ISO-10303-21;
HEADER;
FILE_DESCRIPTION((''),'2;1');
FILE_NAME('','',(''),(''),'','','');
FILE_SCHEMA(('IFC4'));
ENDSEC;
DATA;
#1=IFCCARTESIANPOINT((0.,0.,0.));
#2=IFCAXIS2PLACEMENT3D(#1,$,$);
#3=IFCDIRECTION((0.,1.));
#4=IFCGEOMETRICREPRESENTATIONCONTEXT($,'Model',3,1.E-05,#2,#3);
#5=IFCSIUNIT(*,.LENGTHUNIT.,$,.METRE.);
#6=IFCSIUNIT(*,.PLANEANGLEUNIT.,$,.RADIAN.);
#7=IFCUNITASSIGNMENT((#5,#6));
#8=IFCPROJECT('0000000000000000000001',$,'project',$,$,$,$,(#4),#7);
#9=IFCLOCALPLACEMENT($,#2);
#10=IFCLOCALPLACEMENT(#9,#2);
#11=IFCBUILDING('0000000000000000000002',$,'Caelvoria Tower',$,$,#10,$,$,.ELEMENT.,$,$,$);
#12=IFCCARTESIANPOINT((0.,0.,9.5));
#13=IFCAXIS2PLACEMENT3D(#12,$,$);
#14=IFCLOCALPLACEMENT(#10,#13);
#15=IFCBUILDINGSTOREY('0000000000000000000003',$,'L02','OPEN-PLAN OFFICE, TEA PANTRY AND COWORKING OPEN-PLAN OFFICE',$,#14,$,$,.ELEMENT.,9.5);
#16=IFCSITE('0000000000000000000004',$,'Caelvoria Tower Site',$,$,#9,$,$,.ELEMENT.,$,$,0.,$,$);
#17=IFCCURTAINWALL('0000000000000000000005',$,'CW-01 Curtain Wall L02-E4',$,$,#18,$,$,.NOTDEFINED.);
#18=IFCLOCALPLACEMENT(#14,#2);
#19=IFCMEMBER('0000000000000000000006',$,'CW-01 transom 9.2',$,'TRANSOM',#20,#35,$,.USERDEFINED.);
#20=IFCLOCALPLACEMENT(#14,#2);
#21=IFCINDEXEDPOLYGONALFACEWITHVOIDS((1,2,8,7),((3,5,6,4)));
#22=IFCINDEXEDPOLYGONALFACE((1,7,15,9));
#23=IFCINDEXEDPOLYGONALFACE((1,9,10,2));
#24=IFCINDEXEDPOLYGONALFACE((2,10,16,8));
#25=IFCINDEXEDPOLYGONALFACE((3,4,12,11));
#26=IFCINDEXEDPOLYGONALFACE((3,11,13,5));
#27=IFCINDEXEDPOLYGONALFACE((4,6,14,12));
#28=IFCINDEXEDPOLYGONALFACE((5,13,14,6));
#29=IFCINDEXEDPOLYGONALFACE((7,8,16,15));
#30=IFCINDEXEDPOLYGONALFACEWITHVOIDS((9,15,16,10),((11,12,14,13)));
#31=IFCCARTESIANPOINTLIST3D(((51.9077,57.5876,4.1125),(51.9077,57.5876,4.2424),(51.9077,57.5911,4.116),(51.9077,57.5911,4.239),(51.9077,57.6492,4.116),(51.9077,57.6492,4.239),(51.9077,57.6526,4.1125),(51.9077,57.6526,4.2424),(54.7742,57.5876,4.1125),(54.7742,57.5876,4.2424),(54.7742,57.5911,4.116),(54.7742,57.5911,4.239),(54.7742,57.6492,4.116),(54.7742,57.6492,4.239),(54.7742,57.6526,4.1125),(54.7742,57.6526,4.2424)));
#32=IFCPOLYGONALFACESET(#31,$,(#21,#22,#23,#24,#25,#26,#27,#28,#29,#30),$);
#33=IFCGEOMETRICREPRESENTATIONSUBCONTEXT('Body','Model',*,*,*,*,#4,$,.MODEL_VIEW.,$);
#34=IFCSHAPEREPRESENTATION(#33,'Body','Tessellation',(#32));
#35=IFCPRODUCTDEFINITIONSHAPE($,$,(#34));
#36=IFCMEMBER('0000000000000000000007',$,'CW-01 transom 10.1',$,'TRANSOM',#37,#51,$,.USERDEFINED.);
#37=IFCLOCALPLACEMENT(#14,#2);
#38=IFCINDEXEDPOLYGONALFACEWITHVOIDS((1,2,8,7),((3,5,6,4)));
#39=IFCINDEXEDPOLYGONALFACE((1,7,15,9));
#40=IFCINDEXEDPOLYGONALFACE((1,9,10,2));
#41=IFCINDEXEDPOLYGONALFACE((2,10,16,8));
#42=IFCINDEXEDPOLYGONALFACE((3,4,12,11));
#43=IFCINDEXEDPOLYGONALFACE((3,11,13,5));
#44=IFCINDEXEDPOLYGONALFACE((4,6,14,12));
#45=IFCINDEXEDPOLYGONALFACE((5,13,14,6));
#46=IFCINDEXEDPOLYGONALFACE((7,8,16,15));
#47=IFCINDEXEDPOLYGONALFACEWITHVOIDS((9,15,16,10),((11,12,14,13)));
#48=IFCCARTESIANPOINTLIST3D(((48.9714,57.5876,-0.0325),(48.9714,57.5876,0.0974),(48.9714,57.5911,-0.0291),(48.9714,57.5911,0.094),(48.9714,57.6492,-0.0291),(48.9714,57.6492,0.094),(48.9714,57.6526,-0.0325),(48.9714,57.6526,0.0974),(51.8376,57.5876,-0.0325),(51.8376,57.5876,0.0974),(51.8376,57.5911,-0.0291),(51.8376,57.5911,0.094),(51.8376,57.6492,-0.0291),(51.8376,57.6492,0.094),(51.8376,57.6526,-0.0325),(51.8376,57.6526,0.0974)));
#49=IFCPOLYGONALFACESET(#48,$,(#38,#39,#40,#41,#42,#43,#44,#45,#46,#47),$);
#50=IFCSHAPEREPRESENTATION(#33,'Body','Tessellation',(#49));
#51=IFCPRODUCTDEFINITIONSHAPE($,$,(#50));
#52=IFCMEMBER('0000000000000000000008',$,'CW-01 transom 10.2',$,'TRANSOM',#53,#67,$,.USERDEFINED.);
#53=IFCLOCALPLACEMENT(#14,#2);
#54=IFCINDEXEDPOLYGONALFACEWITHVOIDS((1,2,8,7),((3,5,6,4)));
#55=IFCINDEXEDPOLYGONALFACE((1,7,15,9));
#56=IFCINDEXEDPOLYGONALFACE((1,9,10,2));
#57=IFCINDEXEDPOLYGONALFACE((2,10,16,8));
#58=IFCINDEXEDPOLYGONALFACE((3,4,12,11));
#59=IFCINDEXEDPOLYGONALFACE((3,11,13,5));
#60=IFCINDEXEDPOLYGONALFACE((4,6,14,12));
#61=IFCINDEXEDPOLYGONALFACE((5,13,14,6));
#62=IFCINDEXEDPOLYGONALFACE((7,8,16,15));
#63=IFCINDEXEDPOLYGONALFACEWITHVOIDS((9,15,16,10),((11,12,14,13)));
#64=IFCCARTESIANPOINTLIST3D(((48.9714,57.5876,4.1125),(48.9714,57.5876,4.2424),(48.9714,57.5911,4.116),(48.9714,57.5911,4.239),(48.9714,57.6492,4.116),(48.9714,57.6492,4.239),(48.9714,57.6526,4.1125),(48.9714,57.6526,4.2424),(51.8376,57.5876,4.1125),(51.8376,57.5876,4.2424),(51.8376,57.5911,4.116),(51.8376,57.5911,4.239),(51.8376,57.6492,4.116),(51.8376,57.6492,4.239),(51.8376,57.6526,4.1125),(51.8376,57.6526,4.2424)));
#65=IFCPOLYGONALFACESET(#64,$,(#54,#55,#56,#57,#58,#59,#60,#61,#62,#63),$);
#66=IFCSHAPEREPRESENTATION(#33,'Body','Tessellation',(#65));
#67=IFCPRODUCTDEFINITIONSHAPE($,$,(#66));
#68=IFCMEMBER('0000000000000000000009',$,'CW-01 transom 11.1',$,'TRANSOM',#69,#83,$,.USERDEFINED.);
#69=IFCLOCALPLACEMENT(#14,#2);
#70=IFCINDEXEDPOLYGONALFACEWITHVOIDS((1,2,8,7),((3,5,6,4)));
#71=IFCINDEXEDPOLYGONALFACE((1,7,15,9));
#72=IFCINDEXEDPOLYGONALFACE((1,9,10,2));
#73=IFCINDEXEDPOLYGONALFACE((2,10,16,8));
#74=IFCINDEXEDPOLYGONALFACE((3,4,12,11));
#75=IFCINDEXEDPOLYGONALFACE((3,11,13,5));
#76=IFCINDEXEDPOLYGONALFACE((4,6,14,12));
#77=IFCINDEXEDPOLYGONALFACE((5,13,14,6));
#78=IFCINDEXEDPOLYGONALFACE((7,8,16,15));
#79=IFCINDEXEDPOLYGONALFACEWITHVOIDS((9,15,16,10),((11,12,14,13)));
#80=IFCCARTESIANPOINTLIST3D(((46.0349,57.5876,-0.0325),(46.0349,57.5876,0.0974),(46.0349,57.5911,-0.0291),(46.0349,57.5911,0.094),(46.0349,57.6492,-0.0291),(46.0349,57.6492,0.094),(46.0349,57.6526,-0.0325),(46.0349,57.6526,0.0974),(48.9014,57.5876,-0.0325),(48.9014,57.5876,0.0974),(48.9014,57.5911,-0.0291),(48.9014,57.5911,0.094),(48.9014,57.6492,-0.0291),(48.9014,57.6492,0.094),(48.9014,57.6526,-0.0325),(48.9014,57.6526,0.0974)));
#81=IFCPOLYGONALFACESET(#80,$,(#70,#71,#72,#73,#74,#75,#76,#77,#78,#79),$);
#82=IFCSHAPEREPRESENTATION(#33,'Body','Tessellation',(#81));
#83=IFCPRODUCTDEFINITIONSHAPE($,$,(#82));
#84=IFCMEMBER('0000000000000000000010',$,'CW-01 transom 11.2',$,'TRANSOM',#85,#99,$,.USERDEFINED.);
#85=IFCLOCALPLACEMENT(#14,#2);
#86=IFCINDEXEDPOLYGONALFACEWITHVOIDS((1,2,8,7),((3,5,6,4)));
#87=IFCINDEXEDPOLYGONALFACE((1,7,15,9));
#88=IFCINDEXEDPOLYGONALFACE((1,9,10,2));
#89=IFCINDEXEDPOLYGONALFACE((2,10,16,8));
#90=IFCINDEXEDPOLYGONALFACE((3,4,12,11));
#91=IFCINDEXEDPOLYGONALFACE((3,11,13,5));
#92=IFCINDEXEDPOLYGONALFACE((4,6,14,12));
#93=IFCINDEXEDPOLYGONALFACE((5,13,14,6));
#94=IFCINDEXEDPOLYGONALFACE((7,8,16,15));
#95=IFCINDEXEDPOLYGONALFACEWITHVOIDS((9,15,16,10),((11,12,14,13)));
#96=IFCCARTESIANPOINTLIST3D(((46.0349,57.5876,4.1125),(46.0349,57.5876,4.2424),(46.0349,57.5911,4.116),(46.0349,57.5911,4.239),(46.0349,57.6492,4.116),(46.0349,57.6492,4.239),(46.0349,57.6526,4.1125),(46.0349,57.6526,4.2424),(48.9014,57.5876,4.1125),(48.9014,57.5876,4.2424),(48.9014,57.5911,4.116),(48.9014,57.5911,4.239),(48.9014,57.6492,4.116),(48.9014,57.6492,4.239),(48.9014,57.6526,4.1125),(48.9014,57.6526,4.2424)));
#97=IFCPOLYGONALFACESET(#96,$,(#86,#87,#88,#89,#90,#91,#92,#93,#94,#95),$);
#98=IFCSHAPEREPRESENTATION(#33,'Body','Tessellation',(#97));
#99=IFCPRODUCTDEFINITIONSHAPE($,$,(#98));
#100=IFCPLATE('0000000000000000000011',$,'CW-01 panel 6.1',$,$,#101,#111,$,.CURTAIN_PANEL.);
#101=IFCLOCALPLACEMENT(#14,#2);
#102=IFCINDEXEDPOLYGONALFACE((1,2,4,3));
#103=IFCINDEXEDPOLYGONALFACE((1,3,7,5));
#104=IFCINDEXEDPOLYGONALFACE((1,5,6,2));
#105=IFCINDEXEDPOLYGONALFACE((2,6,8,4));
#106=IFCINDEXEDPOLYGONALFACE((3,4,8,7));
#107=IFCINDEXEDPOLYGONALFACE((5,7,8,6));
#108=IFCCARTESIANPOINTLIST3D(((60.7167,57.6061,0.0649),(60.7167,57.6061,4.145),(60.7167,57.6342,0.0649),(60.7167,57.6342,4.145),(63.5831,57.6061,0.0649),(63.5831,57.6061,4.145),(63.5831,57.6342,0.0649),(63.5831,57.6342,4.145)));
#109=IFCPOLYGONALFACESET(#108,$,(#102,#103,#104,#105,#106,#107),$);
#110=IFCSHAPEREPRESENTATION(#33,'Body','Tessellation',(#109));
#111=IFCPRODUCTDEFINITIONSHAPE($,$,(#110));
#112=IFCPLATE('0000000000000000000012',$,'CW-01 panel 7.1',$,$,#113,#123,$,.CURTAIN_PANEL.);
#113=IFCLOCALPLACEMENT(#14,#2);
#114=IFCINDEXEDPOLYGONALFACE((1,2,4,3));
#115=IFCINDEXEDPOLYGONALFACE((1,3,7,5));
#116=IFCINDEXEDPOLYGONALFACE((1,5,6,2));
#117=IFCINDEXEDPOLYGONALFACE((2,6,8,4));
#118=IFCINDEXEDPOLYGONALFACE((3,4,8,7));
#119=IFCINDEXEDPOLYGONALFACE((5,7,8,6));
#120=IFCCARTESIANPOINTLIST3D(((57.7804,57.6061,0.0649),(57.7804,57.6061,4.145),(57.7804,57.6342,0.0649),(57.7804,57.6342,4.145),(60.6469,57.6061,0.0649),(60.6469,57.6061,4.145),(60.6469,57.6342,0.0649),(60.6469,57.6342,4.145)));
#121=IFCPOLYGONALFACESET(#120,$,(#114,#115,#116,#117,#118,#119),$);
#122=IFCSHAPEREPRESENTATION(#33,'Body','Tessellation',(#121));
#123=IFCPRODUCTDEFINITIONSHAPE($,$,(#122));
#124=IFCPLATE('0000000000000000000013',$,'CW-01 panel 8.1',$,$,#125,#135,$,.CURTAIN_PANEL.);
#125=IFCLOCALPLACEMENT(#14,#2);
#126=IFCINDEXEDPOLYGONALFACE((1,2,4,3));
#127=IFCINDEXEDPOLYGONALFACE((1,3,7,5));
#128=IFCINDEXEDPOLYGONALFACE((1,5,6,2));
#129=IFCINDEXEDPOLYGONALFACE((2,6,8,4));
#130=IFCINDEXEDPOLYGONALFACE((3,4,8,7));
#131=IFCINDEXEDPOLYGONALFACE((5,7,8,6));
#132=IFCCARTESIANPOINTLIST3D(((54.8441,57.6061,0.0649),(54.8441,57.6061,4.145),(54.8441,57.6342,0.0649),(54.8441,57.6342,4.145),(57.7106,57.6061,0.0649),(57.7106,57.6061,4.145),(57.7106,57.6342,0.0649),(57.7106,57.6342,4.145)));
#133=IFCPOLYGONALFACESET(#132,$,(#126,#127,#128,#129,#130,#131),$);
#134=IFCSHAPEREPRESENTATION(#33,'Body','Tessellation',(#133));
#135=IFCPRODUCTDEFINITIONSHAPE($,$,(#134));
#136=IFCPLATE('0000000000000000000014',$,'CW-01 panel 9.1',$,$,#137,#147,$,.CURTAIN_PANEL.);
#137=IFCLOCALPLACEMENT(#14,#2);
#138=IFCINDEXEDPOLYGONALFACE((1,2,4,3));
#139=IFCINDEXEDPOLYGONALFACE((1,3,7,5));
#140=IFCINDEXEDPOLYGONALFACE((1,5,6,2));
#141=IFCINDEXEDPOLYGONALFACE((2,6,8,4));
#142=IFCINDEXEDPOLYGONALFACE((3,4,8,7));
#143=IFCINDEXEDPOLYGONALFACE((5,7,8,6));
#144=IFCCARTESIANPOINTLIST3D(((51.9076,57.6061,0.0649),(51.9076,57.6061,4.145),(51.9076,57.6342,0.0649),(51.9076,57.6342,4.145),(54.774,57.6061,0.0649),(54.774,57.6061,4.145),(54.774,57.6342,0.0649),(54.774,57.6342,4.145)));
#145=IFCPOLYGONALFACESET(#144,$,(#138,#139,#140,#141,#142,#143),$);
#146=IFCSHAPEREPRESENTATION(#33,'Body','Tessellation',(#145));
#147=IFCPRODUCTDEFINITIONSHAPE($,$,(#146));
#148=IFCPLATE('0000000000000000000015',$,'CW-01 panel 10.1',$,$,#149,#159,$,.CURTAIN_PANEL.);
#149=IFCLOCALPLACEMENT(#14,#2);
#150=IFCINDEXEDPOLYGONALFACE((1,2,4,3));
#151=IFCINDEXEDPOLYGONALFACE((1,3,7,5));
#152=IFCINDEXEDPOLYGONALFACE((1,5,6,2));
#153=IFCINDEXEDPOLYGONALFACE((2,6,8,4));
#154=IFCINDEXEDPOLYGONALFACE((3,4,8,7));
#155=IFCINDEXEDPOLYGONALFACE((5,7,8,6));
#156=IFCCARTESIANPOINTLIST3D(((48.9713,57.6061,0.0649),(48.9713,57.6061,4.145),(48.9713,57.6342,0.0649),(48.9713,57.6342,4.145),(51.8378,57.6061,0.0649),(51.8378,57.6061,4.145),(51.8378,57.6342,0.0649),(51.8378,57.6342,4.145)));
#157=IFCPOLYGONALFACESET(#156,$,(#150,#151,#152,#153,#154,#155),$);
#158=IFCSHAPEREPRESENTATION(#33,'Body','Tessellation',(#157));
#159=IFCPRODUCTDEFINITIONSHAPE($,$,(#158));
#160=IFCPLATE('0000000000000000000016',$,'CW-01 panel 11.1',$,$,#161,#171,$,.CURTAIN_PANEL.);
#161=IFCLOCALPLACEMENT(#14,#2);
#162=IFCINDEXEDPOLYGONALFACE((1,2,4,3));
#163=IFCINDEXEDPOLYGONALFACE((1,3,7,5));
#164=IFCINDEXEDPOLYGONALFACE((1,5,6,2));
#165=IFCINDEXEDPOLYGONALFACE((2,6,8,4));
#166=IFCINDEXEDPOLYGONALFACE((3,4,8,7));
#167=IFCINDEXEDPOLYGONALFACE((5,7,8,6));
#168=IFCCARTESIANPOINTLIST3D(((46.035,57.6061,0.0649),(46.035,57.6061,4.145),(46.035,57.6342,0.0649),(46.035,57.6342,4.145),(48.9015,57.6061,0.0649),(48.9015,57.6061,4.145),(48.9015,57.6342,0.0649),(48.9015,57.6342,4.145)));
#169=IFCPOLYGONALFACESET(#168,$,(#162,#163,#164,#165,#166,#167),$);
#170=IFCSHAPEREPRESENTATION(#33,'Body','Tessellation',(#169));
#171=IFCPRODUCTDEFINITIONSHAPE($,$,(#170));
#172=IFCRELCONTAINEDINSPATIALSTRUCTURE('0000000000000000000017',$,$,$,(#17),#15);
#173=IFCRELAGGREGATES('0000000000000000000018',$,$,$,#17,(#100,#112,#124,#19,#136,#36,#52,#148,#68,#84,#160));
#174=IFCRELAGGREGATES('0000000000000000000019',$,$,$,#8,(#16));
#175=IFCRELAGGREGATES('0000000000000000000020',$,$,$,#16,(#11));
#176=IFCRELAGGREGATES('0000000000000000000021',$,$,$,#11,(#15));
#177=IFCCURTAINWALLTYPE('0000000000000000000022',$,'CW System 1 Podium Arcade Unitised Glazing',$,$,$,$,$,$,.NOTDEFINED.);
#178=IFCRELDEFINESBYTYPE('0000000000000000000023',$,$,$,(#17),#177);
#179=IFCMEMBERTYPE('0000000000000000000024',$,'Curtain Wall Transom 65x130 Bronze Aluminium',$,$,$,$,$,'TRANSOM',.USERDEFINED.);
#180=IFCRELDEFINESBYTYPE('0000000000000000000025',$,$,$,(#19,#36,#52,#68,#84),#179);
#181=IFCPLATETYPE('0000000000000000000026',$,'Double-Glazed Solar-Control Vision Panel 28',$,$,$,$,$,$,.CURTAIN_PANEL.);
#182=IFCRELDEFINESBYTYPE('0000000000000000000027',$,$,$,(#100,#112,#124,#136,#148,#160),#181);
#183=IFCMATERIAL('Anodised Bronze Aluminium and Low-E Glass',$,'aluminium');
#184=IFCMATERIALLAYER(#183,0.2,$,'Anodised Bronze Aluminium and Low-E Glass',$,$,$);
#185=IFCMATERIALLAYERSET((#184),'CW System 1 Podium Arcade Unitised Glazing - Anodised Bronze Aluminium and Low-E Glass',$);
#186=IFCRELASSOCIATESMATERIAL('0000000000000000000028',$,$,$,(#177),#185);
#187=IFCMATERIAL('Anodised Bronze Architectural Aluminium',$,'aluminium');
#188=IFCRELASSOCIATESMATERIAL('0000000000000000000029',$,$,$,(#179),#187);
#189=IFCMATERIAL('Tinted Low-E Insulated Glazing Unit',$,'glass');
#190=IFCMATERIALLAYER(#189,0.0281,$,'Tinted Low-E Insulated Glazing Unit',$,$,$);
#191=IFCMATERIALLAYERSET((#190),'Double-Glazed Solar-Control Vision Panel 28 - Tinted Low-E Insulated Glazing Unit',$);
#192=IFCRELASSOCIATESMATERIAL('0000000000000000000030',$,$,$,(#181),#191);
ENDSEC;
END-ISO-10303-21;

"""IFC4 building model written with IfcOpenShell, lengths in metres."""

from ifc_helpers import new_model, si_unit, direction, frame, origin, origin_2d, place, context, subcontext, project, spatial, rectangle, hollow_rectangle, extrude, material, layer, layer_set, material_profile, profile_set, type_object, element, aggregate, save


model = new_model("IFC4")

# Units and contexts
model_context = context("Model", 3, precision=1e-05, world=origin(), true_north=direction((0.0, 1.0)))
body_context = subcontext(model_context, "Body", "Model", "MODEL_VIEW")
ifc_project = project(units=[si_unit("LENGTHUNIT", "METRE"), si_unit("PLANEANGLEUNIT", "RADIAN")], contexts=[model_context])

# Site, building, storey
site_placement = place(None, origin())
site = spatial("IfcSite", under=ifc_project, at=site_placement, Name="Caelvoria Tower Site", CompositionType="ELEMENT", RefElevation=0.0)
building_placement = place(site_placement, origin())
building = spatial("IfcBuilding", under=site, at=building_placement, Name="Caelvoria Tower", CompositionType="ELEMENT")
storey_placement = place(building_placement, frame((0.0, 0.0, 9.5)))
storey = spatial("IfcBuildingStorey", under=building, at=storey_placement, Name="L02", Description="OPEN-PLAN OFFICE, TEA PANTRY AND COWORKING OPEN-PLAN OFFICE", CompositionType="ELEMENT", Elevation=9.5)

# Curtain wall, members, plates
ifc_material_1 = material(Name="Anodised Bronze Aluminium and Low-E Glass", Category="aluminium")
ifc_layer_1 = layer(ifc_material_1, 0.2, Name="Anodised Bronze Aluminium and Low-E Glass")
ifc_layer_set_1 = layer_set([ifc_layer_1], Name="CW System 1 Podium Arcade Unitised Glazing - Anodised Bronze Aluminium and Low-E Glass")
curtain_wall_type = type_object("IfcCurtainWallType", Name="CW System 1 Podium Arcade Unitised Glazing", PredefinedType="NOTDEFINED", material=ifc_layer_set_1)
curtain_wall_placement = place(storey_placement, origin())
curtain_wall = element("IfcCurtainWall", 1, at=curtain_wall_placement, inside=storey, type_object=curtain_wall_type, Name="CW-01 Curtain Wall L02-E4", PredefinedType="NOTDEFINED")
ifc_material_2 = material(Name="Anodised Bronze Architectural Aluminium", Category="aluminium")
ifc_material_profile_1 = material_profile(ifc_material_2, hollow_rectangle(XDim=0.0649, YDim=0.1299, WallThickness=0.0034, at=origin_2d()), Name="Anodised Bronze Architectural Aluminium")
ifc_profile_set_1 = profile_set([ifc_material_profile_1], Name="CW_TRAN_65X130 - Anodised Bronze Architectural Aluminium")
member_type_1 = type_object("IfcMemberType", Name="Curtain Wall Transom 65x130 Bronze Aluminium", ElementType="TRANSOM", PredefinedType="USERDEFINED", material=ifc_profile_set_1)
member_1_placement = place(storey_placement, frame((54.7742, 57.6201, 4.1775), z_axis=(-1.0, 0.0, 0.0), x_axis=(0.0, -1.0, 0.0)))
member_1 = element("IfcMember", 2, at=member_1_placement, type_object=member_type_1, Name="CW-01 transom 9.2", ObjectType="TRANSOM", PredefinedType="USERDEFINED", context=body_context, shape_type="SweptSolid", body=[
    extrude(hollow_rectangle(XDim=0.0649, YDim=0.1299, WallThickness=0.0034, at=origin_2d()), origin(), (0.0, 0.0, 1.0), 2.8665),
])
member_2_placement = place(storey_placement, frame((51.8376, 57.6201, 0.0325), z_axis=(-1.0, 0.0, 0.0), x_axis=(0.0, -1.0, 0.0)))
member_2 = element("IfcMember", 3, at=member_2_placement, type_object=member_type_1, Name="CW-01 transom 10.1", ObjectType="TRANSOM", PredefinedType="USERDEFINED", context=body_context, shape_type="SweptSolid", body=[
    extrude(hollow_rectangle(XDim=0.0649, YDim=0.1299, WallThickness=0.0034, at=origin_2d()), origin(), (0.0, 0.0, 1.0), 2.8662),
])
member_3_placement = place(storey_placement, frame((51.8376, 57.6201, 4.1775), z_axis=(-1.0, 0.0, 0.0), x_axis=(0.0, -1.0, 0.0)))
member_3 = element("IfcMember", 4, at=member_3_placement, type_object=member_type_1, Name="CW-01 transom 10.2", ObjectType="TRANSOM", PredefinedType="USERDEFINED", context=body_context, shape_type="SweptSolid", body=[
    extrude(hollow_rectangle(XDim=0.0649, YDim=0.1299, WallThickness=0.0034, at=origin_2d()), origin(), (0.0, 0.0, 1.0), 2.8662),
])
member_4_placement = place(storey_placement, frame((48.9014, 57.6201, 0.0325), z_axis=(-1.0, 0.0, 0.0), x_axis=(0.0, -1.0, 0.0)))
member_4 = element("IfcMember", 5, at=member_4_placement, type_object=member_type_1, Name="CW-01 transom 11.1", ObjectType="TRANSOM", PredefinedType="USERDEFINED", context=body_context, shape_type="SweptSolid", body=[
    extrude(hollow_rectangle(XDim=0.0649, YDim=0.1299, WallThickness=0.0034, at=origin_2d()), origin(), (0.0, 0.0, 1.0), 2.8665),
])
member_5_placement = place(storey_placement, frame((48.9014, 57.6201, 4.1775), z_axis=(-1.0, 0.0, 0.0), x_axis=(0.0, -1.0, 0.0)))
member_5 = element("IfcMember", 6, at=member_5_placement, type_object=member_type_1, Name="CW-01 transom 11.2", ObjectType="TRANSOM", PredefinedType="USERDEFINED", context=body_context, shape_type="SweptSolid", body=[
    extrude(hollow_rectangle(XDim=0.0649, YDim=0.1299, WallThickness=0.0034, at=origin_2d()), origin(), (0.0, 0.0, 1.0), 2.8665),
])
ifc_material_3 = material(Name="Tinted Low-E Insulated Glazing Unit", Category="glass")
ifc_layer_2 = layer(ifc_material_3, 0.0281, Name="Tinted Low-E Insulated Glazing Unit")
ifc_layer_set_2 = layer_set([ifc_layer_2], Name="Double-Glazed Solar-Control Vision Panel 28 - Tinted Low-E Insulated Glazing Unit")
plate_type = type_object("IfcPlateType", Name="Double-Glazed Solar-Control Vision Panel 28", PredefinedType="CURTAIN_PANEL", material=ifc_layer_set_2)
plate_1_placement = place(storey_placement, frame((62.1499, 57.6201, 0.0649), z_axis=(0.0, 0.0, 1.0), x_axis=(-1.0, 0.0, 0.0)))
plate_1 = element("IfcPlate", 7, at=plate_1_placement, type_object=plate_type, Name="CW-01 panel 6.1", PredefinedType="CURTAIN_PANEL", context=body_context, shape_type="SweptSolid", body=[
    extrude(rectangle(XDim=2.8665, YDim=0.0281, at=origin_2d()), origin(), (0.0, 0.0, 1.0), 4.0801),
])
plate_2_placement = place(storey_placement, frame((59.2136, 57.6201, 0.0649), z_axis=(0.0, 0.0, 1.0), x_axis=(-1.0, 0.0, 0.0)))
plate_2 = element("IfcPlate", 8, at=plate_2_placement, type_object=plate_type, Name="CW-01 panel 7.1", PredefinedType="CURTAIN_PANEL", context=body_context, shape_type="SweptSolid", body=[
    extrude(rectangle(XDim=2.8665, YDim=0.0281, at=origin_2d()), origin(), (0.0, 0.0, 1.0), 4.0801),
])
plate_3_placement = place(storey_placement, frame((56.2773, 57.6201, 0.0649), z_axis=(0.0, 0.0, 1.0), x_axis=(-1.0, 0.0, 0.0)))
plate_3 = element("IfcPlate", 9, at=plate_3_placement, type_object=plate_type, Name="CW-01 panel 8.1", PredefinedType="CURTAIN_PANEL", context=body_context, shape_type="SweptSolid", body=[
    extrude(rectangle(XDim=2.8665, YDim=0.0281, at=origin_2d()), origin(), (0.0, 0.0, 1.0), 4.0801),
])
plate_4_placement = place(storey_placement, frame((53.3408, 57.6201, 0.0649), z_axis=(0.0, 0.0, 1.0), x_axis=(-1.0, 0.0, 0.0)))
plate_4 = element("IfcPlate", 10, at=plate_4_placement, type_object=plate_type, Name="CW-01 panel 9.1", PredefinedType="CURTAIN_PANEL", context=body_context, shape_type="SweptSolid", body=[
    extrude(rectangle(XDim=2.8665, YDim=0.0281, at=origin_2d()), origin(), (0.0, 0.0, 1.0), 4.0801),
])
plate_5_placement = place(storey_placement, frame((50.4045, 57.6201, 0.0649), z_axis=(0.0, 0.0, 1.0), x_axis=(-1.0, 0.0, 0.0)))
plate_5 = element("IfcPlate", 11, at=plate_5_placement, type_object=plate_type, Name="CW-01 panel 10.1", PredefinedType="CURTAIN_PANEL", context=body_context, shape_type="SweptSolid", body=[
    extrude(rectangle(XDim=2.8665, YDim=0.0281, at=origin_2d()), origin(), (0.0, 0.0, 1.0), 4.0801),
])
plate_6_placement = place(storey_placement, frame((47.4683, 57.6201, 0.0649), z_axis=(0.0, 0.0, 1.0), x_axis=(-1.0, 0.0, 0.0)))
plate_6 = element("IfcPlate", 12, at=plate_6_placement, type_object=plate_type, Name="CW-01 panel 11.1", PredefinedType="CURTAIN_PANEL", context=body_context, shape_type="SweptSolid", body=[
    extrude(rectangle(XDim=2.8665, YDim=0.0281, at=origin_2d()), origin(), (0.0, 0.0, 1.0), 4.0801),
])
aggregate(curtain_wall, [plate_1, plate_2, plate_3, member_1, plate_4, member_2, member_3, plate_5, member_4, member_5, plate_6])

save(model, "model.ifc")
